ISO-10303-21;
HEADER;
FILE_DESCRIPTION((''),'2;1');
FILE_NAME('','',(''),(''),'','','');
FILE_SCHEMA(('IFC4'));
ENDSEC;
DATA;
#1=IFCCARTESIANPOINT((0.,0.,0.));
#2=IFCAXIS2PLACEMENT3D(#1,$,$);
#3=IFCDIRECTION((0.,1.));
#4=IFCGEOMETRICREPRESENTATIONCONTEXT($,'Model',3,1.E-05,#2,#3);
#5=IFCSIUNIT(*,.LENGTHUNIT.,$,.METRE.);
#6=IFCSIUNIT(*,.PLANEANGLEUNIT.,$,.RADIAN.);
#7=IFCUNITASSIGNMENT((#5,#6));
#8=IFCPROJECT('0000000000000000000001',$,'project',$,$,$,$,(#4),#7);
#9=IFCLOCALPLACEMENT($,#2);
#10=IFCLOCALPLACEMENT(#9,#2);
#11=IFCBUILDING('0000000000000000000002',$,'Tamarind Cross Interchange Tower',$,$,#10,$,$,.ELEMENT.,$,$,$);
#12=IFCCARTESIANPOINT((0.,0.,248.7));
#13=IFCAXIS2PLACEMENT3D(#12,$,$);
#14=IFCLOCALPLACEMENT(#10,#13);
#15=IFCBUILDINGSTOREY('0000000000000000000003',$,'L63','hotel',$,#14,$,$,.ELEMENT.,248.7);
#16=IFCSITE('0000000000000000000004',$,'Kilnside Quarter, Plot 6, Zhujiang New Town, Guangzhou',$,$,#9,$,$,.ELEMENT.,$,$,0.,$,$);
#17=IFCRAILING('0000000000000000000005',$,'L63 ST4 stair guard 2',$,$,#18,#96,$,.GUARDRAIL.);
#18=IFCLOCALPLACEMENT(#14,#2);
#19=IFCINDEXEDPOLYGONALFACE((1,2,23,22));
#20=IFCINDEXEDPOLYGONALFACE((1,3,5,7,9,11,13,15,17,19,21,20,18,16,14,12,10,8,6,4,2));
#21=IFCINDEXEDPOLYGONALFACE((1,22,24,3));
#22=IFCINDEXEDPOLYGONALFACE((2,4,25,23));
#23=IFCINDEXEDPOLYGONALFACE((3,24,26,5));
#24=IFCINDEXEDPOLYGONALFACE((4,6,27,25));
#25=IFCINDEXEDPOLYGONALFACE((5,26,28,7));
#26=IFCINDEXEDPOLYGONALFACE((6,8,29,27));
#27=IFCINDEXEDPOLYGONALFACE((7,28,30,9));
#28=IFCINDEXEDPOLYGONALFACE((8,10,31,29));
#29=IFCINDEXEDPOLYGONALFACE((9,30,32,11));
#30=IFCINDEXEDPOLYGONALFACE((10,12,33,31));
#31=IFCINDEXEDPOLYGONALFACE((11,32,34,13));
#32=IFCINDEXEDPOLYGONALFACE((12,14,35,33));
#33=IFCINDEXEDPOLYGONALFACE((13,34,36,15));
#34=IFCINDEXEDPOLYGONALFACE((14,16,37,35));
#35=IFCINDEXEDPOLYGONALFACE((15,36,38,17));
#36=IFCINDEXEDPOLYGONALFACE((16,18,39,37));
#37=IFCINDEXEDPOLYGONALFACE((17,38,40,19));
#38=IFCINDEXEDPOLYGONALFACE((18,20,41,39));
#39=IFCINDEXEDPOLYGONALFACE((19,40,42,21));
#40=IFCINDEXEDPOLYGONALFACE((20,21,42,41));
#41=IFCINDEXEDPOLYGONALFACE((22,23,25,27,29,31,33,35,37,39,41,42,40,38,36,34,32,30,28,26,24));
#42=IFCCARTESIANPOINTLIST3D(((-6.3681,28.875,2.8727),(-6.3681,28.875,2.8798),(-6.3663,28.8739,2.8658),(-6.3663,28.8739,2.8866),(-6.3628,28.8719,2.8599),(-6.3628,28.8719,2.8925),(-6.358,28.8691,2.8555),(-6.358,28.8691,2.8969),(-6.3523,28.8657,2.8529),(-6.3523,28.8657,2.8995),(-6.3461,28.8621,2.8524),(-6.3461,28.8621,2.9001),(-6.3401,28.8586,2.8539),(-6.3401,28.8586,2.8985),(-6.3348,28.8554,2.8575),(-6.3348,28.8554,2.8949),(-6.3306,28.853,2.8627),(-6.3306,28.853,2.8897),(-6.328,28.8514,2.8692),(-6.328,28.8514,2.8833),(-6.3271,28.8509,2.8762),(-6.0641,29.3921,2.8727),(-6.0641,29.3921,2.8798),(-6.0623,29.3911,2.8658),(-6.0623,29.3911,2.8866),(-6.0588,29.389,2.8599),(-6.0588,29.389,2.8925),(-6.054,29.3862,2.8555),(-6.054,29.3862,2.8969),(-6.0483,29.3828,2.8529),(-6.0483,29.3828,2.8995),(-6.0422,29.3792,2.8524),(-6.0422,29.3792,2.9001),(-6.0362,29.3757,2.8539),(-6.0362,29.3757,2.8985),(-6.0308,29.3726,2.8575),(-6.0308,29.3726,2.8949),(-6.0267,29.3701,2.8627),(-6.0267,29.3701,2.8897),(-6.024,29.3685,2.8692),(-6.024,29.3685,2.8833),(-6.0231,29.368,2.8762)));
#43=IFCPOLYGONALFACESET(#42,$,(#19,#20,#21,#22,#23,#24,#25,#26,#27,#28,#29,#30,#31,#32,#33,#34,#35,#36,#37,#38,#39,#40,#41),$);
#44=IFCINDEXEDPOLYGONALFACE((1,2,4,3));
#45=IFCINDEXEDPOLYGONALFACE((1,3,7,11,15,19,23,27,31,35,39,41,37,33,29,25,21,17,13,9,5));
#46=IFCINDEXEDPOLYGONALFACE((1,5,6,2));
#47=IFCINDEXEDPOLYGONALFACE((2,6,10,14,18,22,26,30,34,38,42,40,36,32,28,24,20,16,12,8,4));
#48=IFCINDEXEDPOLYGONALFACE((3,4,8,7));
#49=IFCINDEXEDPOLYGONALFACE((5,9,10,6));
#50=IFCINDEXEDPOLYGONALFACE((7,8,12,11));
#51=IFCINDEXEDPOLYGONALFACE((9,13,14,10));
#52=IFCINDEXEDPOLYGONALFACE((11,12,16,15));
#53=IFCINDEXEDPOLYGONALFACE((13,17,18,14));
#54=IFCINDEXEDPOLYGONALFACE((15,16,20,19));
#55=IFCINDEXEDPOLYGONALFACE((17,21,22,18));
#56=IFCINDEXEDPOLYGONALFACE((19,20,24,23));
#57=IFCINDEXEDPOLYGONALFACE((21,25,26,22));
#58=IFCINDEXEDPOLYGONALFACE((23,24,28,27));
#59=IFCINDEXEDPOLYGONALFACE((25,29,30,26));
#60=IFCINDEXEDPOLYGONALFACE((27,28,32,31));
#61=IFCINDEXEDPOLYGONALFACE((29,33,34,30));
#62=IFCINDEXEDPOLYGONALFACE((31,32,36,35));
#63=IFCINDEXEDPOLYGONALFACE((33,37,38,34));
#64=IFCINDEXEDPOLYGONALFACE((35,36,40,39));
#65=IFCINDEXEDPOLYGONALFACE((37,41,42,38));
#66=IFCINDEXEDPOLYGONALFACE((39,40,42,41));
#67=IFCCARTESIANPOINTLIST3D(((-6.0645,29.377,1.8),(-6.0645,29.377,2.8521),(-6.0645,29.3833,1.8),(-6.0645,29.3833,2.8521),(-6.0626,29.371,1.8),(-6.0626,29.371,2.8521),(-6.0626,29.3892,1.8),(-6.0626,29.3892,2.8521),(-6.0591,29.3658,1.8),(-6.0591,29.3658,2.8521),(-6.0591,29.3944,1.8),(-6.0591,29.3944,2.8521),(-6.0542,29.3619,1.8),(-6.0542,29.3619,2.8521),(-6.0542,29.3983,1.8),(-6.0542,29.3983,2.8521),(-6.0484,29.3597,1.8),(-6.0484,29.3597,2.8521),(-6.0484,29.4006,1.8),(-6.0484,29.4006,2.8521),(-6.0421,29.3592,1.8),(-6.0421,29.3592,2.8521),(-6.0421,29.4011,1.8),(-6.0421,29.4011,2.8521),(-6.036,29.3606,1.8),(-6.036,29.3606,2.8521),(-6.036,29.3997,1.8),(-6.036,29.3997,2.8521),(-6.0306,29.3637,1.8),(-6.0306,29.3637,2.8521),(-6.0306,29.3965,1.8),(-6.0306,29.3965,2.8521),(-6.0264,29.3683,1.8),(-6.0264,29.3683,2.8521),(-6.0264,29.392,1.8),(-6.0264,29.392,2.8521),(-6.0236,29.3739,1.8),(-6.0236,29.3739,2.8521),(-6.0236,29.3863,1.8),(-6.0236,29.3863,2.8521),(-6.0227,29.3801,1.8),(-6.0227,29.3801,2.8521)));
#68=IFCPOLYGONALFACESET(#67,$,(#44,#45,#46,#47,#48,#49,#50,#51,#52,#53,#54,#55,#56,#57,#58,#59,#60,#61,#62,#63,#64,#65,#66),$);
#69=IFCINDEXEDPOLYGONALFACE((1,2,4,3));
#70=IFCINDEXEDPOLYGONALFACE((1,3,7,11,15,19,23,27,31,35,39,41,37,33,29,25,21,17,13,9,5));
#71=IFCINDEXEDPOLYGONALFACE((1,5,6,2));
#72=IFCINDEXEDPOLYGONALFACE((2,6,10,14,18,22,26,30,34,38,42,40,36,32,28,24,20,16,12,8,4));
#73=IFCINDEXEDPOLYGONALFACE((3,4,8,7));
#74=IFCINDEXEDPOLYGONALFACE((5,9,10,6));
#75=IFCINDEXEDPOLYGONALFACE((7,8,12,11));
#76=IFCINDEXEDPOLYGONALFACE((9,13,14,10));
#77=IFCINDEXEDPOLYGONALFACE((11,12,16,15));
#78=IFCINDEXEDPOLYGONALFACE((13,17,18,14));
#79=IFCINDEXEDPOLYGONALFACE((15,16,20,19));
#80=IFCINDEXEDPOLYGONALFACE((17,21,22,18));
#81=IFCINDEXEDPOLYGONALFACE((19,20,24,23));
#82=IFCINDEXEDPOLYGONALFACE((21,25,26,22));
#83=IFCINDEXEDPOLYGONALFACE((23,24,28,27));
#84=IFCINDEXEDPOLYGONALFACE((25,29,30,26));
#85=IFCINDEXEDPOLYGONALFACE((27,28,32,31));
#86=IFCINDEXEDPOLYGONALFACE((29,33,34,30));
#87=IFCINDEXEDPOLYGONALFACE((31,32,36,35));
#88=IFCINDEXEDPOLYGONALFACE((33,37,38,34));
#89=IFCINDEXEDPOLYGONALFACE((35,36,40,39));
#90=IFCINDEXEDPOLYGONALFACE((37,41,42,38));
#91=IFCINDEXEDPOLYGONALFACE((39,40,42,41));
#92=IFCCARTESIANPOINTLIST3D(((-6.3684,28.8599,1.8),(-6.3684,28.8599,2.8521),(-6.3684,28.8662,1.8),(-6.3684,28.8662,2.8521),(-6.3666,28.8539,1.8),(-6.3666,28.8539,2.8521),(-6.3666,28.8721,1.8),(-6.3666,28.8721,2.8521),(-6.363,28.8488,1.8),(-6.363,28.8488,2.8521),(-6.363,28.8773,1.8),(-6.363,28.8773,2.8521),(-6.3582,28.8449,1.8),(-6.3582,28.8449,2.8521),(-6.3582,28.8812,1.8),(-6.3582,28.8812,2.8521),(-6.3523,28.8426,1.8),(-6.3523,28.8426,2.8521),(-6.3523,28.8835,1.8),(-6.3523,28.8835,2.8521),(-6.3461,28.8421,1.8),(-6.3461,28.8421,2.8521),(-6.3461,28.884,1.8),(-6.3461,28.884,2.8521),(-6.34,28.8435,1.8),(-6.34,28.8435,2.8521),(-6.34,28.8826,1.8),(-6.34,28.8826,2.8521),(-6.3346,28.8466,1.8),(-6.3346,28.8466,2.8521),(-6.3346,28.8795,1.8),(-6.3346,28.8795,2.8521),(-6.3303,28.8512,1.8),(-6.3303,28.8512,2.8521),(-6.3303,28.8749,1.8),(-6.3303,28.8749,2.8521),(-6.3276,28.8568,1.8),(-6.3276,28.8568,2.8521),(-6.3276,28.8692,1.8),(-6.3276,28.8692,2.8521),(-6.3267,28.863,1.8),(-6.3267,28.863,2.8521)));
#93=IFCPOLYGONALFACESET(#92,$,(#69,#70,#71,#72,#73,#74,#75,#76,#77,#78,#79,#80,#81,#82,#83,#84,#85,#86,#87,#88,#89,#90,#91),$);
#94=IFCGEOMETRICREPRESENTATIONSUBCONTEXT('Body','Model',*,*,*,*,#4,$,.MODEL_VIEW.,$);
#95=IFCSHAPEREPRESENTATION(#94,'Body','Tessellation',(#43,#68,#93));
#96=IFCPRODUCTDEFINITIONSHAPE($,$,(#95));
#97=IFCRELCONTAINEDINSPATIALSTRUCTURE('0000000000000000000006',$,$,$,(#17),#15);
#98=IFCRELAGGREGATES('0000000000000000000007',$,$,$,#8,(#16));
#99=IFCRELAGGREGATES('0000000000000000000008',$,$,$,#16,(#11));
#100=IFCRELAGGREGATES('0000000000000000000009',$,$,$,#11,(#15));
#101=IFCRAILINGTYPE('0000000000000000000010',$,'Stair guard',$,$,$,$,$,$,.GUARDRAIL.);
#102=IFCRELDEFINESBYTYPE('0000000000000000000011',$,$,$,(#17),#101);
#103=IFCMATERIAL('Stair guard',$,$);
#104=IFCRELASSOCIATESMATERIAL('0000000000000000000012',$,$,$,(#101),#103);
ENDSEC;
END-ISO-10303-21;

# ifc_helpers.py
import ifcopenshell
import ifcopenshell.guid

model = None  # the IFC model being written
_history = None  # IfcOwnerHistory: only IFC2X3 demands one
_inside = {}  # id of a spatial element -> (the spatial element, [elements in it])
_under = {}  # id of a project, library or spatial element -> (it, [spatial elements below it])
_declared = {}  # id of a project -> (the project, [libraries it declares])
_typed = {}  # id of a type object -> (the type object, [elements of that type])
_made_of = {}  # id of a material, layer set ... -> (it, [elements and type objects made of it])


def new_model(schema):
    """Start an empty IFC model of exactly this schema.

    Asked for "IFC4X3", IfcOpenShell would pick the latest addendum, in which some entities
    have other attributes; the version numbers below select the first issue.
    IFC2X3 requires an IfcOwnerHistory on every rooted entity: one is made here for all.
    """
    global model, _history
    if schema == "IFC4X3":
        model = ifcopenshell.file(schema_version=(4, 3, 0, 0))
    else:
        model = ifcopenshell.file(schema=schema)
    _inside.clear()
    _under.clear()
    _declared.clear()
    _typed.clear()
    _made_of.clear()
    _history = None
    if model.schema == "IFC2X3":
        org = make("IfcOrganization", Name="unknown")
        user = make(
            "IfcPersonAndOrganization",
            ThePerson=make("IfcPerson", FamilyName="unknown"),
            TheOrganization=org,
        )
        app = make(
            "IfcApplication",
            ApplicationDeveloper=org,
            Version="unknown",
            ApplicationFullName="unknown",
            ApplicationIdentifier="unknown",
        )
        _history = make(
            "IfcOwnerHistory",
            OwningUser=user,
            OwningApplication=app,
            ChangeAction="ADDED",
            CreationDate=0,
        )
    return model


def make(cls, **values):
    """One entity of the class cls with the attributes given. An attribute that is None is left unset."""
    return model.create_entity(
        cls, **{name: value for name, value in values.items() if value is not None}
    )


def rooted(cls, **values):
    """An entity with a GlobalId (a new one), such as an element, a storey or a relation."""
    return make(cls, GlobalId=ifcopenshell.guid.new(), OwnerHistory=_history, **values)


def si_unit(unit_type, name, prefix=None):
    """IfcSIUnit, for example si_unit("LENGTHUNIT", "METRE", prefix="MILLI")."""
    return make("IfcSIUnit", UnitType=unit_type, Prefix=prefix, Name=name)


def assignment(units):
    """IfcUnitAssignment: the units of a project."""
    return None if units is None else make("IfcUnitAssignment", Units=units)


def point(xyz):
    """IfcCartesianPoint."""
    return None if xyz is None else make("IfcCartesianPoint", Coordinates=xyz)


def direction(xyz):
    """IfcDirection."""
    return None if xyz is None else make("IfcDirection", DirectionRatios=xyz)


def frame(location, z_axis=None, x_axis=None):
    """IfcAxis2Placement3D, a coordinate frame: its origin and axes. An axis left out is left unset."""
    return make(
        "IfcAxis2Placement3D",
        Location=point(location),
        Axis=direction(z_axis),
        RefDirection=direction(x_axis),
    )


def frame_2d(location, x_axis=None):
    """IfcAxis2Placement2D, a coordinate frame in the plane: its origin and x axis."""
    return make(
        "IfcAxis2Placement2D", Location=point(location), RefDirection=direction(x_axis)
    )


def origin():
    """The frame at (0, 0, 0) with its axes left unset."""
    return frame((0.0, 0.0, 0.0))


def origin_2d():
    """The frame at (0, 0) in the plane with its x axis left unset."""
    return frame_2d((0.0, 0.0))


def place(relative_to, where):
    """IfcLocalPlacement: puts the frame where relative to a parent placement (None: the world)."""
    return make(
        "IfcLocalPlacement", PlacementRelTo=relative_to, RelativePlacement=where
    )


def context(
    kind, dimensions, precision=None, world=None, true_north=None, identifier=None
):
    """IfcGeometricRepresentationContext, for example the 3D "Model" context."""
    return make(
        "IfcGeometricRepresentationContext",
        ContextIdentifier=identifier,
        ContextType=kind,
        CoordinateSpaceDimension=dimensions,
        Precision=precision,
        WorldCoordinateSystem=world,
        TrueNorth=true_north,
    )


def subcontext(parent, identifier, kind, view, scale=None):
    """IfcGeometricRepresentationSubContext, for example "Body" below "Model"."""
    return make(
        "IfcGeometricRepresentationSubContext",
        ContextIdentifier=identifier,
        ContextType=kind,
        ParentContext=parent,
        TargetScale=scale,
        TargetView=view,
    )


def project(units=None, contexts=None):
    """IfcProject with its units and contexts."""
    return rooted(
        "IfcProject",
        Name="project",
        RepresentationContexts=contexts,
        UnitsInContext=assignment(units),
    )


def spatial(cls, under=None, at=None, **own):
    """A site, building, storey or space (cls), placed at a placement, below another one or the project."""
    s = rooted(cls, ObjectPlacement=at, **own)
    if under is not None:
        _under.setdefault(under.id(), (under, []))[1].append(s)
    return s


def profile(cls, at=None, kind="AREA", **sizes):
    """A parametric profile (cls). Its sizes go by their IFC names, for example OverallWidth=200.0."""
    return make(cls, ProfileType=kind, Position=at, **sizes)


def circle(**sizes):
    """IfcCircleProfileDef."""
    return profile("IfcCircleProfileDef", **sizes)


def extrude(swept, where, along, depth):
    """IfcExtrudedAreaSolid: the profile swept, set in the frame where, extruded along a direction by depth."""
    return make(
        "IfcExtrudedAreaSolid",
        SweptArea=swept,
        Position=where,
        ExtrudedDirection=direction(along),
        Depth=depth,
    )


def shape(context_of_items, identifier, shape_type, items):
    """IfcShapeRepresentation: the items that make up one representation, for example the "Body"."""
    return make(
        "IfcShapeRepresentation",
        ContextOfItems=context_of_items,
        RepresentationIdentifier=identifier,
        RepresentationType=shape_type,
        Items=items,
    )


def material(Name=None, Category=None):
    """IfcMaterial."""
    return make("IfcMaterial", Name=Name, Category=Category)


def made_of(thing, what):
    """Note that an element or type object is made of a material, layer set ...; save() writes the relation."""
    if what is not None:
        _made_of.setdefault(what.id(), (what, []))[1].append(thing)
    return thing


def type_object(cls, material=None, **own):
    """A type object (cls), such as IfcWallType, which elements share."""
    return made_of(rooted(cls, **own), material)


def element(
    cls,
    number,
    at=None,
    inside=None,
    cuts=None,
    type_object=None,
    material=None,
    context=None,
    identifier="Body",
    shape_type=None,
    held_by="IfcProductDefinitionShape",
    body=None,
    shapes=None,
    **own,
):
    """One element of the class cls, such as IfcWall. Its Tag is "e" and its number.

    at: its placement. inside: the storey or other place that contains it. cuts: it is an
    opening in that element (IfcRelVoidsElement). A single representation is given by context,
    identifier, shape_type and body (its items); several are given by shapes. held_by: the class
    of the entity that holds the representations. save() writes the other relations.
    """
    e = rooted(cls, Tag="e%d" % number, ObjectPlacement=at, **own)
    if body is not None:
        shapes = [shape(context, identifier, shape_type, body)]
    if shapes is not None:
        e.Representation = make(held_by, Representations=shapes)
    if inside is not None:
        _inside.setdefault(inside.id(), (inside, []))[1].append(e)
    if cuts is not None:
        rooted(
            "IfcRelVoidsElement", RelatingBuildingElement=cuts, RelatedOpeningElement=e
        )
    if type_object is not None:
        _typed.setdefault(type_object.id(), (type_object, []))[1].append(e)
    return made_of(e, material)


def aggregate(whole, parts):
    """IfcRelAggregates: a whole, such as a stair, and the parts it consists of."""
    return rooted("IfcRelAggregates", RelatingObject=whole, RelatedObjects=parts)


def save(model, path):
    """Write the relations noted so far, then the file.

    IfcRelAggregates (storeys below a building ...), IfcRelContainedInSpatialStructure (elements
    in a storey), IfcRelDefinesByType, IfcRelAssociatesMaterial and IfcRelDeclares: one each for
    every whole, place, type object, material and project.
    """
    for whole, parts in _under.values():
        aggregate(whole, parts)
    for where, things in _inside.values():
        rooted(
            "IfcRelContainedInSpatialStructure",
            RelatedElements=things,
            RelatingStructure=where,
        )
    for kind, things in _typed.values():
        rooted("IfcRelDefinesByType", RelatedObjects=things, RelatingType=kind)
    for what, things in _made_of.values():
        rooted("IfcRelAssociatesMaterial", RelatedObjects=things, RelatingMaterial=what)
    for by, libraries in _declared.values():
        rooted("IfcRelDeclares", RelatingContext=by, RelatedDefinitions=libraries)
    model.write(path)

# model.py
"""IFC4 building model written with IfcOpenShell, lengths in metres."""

from ifc_helpers import new_model, si_unit, direction, frame, origin, origin_2d, place, context, subcontext, project, spatial, circle, extrude, material, type_object, element, save


model = new_model("IFC4")

# Units and contexts
model_context = context("Model", 3, precision=1e-05, world=origin(), true_north=direction((0.0, 1.0)))
body_context = subcontext(model_context, "Body", "Model", "MODEL_VIEW")
ifc_project = project(units=[si_unit("LENGTHUNIT", "METRE"), si_unit("PLANEANGLEUNIT", "RADIAN")], contexts=[model_context])

# Site, building, storey
site_placement = place(None, origin())
site = spatial("IfcSite", under=ifc_project, at=site_placement, Name="Kilnside Quarter, Plot 6, Zhujiang New Town, Guangzhou", CompositionType="ELEMENT", RefElevation=0.0)
building_placement = place(site_placement, origin())
building = spatial("IfcBuilding", under=site, at=building_placement, Name="Tamarind Cross Interchange Tower", CompositionType="ELEMENT")
storey_placement = place(building_placement, frame((0.0, 0.0, 248.7)))
storey = spatial("IfcBuildingStorey", under=building, at=storey_placement, Name="L63", Description="hotel", CompositionType="ELEMENT", Elevation=248.7)

# Railing
ifc_material_1 = material(Name="Stair guard")
railing_type_1 = type_object("IfcRailingType", Name="Stair guard", PredefinedType="GUARDRAIL", material=ifc_material_1)
railing_1_placement = place(storey_placement, frame((-6.0437, 29.3801, 1.8)))
element("IfcRailing", 1, at=railing_1_placement, inside=storey, type_object=railing_type_1, Name="L63 ST4 stair guard 2", PredefinedType="GUARDRAIL", context=body_context, shape_type="SweptSolid", body=[
    extrude(circle(Radius=0.0239, at=origin_2d()), frame((0.0, 0.0, 1.0762), z_axis=(-0.506753, -0.862091, 0.0), x_axis=(0.862091, -0.506753, 0.0)), (0.0, 0.0, 1.0), 0.5999),
    extrude(circle(Radius=0.021, at=origin_2d()), origin(), (0.0, 0.0, 1.0), 1.052),
    extrude(circle(Radius=0.021, at=origin_2d()), frame((-0.304, -0.5171, 0.0)), (0.0, 0.0, 1.0), 1.052),
])

save(model, "model.ifc")
